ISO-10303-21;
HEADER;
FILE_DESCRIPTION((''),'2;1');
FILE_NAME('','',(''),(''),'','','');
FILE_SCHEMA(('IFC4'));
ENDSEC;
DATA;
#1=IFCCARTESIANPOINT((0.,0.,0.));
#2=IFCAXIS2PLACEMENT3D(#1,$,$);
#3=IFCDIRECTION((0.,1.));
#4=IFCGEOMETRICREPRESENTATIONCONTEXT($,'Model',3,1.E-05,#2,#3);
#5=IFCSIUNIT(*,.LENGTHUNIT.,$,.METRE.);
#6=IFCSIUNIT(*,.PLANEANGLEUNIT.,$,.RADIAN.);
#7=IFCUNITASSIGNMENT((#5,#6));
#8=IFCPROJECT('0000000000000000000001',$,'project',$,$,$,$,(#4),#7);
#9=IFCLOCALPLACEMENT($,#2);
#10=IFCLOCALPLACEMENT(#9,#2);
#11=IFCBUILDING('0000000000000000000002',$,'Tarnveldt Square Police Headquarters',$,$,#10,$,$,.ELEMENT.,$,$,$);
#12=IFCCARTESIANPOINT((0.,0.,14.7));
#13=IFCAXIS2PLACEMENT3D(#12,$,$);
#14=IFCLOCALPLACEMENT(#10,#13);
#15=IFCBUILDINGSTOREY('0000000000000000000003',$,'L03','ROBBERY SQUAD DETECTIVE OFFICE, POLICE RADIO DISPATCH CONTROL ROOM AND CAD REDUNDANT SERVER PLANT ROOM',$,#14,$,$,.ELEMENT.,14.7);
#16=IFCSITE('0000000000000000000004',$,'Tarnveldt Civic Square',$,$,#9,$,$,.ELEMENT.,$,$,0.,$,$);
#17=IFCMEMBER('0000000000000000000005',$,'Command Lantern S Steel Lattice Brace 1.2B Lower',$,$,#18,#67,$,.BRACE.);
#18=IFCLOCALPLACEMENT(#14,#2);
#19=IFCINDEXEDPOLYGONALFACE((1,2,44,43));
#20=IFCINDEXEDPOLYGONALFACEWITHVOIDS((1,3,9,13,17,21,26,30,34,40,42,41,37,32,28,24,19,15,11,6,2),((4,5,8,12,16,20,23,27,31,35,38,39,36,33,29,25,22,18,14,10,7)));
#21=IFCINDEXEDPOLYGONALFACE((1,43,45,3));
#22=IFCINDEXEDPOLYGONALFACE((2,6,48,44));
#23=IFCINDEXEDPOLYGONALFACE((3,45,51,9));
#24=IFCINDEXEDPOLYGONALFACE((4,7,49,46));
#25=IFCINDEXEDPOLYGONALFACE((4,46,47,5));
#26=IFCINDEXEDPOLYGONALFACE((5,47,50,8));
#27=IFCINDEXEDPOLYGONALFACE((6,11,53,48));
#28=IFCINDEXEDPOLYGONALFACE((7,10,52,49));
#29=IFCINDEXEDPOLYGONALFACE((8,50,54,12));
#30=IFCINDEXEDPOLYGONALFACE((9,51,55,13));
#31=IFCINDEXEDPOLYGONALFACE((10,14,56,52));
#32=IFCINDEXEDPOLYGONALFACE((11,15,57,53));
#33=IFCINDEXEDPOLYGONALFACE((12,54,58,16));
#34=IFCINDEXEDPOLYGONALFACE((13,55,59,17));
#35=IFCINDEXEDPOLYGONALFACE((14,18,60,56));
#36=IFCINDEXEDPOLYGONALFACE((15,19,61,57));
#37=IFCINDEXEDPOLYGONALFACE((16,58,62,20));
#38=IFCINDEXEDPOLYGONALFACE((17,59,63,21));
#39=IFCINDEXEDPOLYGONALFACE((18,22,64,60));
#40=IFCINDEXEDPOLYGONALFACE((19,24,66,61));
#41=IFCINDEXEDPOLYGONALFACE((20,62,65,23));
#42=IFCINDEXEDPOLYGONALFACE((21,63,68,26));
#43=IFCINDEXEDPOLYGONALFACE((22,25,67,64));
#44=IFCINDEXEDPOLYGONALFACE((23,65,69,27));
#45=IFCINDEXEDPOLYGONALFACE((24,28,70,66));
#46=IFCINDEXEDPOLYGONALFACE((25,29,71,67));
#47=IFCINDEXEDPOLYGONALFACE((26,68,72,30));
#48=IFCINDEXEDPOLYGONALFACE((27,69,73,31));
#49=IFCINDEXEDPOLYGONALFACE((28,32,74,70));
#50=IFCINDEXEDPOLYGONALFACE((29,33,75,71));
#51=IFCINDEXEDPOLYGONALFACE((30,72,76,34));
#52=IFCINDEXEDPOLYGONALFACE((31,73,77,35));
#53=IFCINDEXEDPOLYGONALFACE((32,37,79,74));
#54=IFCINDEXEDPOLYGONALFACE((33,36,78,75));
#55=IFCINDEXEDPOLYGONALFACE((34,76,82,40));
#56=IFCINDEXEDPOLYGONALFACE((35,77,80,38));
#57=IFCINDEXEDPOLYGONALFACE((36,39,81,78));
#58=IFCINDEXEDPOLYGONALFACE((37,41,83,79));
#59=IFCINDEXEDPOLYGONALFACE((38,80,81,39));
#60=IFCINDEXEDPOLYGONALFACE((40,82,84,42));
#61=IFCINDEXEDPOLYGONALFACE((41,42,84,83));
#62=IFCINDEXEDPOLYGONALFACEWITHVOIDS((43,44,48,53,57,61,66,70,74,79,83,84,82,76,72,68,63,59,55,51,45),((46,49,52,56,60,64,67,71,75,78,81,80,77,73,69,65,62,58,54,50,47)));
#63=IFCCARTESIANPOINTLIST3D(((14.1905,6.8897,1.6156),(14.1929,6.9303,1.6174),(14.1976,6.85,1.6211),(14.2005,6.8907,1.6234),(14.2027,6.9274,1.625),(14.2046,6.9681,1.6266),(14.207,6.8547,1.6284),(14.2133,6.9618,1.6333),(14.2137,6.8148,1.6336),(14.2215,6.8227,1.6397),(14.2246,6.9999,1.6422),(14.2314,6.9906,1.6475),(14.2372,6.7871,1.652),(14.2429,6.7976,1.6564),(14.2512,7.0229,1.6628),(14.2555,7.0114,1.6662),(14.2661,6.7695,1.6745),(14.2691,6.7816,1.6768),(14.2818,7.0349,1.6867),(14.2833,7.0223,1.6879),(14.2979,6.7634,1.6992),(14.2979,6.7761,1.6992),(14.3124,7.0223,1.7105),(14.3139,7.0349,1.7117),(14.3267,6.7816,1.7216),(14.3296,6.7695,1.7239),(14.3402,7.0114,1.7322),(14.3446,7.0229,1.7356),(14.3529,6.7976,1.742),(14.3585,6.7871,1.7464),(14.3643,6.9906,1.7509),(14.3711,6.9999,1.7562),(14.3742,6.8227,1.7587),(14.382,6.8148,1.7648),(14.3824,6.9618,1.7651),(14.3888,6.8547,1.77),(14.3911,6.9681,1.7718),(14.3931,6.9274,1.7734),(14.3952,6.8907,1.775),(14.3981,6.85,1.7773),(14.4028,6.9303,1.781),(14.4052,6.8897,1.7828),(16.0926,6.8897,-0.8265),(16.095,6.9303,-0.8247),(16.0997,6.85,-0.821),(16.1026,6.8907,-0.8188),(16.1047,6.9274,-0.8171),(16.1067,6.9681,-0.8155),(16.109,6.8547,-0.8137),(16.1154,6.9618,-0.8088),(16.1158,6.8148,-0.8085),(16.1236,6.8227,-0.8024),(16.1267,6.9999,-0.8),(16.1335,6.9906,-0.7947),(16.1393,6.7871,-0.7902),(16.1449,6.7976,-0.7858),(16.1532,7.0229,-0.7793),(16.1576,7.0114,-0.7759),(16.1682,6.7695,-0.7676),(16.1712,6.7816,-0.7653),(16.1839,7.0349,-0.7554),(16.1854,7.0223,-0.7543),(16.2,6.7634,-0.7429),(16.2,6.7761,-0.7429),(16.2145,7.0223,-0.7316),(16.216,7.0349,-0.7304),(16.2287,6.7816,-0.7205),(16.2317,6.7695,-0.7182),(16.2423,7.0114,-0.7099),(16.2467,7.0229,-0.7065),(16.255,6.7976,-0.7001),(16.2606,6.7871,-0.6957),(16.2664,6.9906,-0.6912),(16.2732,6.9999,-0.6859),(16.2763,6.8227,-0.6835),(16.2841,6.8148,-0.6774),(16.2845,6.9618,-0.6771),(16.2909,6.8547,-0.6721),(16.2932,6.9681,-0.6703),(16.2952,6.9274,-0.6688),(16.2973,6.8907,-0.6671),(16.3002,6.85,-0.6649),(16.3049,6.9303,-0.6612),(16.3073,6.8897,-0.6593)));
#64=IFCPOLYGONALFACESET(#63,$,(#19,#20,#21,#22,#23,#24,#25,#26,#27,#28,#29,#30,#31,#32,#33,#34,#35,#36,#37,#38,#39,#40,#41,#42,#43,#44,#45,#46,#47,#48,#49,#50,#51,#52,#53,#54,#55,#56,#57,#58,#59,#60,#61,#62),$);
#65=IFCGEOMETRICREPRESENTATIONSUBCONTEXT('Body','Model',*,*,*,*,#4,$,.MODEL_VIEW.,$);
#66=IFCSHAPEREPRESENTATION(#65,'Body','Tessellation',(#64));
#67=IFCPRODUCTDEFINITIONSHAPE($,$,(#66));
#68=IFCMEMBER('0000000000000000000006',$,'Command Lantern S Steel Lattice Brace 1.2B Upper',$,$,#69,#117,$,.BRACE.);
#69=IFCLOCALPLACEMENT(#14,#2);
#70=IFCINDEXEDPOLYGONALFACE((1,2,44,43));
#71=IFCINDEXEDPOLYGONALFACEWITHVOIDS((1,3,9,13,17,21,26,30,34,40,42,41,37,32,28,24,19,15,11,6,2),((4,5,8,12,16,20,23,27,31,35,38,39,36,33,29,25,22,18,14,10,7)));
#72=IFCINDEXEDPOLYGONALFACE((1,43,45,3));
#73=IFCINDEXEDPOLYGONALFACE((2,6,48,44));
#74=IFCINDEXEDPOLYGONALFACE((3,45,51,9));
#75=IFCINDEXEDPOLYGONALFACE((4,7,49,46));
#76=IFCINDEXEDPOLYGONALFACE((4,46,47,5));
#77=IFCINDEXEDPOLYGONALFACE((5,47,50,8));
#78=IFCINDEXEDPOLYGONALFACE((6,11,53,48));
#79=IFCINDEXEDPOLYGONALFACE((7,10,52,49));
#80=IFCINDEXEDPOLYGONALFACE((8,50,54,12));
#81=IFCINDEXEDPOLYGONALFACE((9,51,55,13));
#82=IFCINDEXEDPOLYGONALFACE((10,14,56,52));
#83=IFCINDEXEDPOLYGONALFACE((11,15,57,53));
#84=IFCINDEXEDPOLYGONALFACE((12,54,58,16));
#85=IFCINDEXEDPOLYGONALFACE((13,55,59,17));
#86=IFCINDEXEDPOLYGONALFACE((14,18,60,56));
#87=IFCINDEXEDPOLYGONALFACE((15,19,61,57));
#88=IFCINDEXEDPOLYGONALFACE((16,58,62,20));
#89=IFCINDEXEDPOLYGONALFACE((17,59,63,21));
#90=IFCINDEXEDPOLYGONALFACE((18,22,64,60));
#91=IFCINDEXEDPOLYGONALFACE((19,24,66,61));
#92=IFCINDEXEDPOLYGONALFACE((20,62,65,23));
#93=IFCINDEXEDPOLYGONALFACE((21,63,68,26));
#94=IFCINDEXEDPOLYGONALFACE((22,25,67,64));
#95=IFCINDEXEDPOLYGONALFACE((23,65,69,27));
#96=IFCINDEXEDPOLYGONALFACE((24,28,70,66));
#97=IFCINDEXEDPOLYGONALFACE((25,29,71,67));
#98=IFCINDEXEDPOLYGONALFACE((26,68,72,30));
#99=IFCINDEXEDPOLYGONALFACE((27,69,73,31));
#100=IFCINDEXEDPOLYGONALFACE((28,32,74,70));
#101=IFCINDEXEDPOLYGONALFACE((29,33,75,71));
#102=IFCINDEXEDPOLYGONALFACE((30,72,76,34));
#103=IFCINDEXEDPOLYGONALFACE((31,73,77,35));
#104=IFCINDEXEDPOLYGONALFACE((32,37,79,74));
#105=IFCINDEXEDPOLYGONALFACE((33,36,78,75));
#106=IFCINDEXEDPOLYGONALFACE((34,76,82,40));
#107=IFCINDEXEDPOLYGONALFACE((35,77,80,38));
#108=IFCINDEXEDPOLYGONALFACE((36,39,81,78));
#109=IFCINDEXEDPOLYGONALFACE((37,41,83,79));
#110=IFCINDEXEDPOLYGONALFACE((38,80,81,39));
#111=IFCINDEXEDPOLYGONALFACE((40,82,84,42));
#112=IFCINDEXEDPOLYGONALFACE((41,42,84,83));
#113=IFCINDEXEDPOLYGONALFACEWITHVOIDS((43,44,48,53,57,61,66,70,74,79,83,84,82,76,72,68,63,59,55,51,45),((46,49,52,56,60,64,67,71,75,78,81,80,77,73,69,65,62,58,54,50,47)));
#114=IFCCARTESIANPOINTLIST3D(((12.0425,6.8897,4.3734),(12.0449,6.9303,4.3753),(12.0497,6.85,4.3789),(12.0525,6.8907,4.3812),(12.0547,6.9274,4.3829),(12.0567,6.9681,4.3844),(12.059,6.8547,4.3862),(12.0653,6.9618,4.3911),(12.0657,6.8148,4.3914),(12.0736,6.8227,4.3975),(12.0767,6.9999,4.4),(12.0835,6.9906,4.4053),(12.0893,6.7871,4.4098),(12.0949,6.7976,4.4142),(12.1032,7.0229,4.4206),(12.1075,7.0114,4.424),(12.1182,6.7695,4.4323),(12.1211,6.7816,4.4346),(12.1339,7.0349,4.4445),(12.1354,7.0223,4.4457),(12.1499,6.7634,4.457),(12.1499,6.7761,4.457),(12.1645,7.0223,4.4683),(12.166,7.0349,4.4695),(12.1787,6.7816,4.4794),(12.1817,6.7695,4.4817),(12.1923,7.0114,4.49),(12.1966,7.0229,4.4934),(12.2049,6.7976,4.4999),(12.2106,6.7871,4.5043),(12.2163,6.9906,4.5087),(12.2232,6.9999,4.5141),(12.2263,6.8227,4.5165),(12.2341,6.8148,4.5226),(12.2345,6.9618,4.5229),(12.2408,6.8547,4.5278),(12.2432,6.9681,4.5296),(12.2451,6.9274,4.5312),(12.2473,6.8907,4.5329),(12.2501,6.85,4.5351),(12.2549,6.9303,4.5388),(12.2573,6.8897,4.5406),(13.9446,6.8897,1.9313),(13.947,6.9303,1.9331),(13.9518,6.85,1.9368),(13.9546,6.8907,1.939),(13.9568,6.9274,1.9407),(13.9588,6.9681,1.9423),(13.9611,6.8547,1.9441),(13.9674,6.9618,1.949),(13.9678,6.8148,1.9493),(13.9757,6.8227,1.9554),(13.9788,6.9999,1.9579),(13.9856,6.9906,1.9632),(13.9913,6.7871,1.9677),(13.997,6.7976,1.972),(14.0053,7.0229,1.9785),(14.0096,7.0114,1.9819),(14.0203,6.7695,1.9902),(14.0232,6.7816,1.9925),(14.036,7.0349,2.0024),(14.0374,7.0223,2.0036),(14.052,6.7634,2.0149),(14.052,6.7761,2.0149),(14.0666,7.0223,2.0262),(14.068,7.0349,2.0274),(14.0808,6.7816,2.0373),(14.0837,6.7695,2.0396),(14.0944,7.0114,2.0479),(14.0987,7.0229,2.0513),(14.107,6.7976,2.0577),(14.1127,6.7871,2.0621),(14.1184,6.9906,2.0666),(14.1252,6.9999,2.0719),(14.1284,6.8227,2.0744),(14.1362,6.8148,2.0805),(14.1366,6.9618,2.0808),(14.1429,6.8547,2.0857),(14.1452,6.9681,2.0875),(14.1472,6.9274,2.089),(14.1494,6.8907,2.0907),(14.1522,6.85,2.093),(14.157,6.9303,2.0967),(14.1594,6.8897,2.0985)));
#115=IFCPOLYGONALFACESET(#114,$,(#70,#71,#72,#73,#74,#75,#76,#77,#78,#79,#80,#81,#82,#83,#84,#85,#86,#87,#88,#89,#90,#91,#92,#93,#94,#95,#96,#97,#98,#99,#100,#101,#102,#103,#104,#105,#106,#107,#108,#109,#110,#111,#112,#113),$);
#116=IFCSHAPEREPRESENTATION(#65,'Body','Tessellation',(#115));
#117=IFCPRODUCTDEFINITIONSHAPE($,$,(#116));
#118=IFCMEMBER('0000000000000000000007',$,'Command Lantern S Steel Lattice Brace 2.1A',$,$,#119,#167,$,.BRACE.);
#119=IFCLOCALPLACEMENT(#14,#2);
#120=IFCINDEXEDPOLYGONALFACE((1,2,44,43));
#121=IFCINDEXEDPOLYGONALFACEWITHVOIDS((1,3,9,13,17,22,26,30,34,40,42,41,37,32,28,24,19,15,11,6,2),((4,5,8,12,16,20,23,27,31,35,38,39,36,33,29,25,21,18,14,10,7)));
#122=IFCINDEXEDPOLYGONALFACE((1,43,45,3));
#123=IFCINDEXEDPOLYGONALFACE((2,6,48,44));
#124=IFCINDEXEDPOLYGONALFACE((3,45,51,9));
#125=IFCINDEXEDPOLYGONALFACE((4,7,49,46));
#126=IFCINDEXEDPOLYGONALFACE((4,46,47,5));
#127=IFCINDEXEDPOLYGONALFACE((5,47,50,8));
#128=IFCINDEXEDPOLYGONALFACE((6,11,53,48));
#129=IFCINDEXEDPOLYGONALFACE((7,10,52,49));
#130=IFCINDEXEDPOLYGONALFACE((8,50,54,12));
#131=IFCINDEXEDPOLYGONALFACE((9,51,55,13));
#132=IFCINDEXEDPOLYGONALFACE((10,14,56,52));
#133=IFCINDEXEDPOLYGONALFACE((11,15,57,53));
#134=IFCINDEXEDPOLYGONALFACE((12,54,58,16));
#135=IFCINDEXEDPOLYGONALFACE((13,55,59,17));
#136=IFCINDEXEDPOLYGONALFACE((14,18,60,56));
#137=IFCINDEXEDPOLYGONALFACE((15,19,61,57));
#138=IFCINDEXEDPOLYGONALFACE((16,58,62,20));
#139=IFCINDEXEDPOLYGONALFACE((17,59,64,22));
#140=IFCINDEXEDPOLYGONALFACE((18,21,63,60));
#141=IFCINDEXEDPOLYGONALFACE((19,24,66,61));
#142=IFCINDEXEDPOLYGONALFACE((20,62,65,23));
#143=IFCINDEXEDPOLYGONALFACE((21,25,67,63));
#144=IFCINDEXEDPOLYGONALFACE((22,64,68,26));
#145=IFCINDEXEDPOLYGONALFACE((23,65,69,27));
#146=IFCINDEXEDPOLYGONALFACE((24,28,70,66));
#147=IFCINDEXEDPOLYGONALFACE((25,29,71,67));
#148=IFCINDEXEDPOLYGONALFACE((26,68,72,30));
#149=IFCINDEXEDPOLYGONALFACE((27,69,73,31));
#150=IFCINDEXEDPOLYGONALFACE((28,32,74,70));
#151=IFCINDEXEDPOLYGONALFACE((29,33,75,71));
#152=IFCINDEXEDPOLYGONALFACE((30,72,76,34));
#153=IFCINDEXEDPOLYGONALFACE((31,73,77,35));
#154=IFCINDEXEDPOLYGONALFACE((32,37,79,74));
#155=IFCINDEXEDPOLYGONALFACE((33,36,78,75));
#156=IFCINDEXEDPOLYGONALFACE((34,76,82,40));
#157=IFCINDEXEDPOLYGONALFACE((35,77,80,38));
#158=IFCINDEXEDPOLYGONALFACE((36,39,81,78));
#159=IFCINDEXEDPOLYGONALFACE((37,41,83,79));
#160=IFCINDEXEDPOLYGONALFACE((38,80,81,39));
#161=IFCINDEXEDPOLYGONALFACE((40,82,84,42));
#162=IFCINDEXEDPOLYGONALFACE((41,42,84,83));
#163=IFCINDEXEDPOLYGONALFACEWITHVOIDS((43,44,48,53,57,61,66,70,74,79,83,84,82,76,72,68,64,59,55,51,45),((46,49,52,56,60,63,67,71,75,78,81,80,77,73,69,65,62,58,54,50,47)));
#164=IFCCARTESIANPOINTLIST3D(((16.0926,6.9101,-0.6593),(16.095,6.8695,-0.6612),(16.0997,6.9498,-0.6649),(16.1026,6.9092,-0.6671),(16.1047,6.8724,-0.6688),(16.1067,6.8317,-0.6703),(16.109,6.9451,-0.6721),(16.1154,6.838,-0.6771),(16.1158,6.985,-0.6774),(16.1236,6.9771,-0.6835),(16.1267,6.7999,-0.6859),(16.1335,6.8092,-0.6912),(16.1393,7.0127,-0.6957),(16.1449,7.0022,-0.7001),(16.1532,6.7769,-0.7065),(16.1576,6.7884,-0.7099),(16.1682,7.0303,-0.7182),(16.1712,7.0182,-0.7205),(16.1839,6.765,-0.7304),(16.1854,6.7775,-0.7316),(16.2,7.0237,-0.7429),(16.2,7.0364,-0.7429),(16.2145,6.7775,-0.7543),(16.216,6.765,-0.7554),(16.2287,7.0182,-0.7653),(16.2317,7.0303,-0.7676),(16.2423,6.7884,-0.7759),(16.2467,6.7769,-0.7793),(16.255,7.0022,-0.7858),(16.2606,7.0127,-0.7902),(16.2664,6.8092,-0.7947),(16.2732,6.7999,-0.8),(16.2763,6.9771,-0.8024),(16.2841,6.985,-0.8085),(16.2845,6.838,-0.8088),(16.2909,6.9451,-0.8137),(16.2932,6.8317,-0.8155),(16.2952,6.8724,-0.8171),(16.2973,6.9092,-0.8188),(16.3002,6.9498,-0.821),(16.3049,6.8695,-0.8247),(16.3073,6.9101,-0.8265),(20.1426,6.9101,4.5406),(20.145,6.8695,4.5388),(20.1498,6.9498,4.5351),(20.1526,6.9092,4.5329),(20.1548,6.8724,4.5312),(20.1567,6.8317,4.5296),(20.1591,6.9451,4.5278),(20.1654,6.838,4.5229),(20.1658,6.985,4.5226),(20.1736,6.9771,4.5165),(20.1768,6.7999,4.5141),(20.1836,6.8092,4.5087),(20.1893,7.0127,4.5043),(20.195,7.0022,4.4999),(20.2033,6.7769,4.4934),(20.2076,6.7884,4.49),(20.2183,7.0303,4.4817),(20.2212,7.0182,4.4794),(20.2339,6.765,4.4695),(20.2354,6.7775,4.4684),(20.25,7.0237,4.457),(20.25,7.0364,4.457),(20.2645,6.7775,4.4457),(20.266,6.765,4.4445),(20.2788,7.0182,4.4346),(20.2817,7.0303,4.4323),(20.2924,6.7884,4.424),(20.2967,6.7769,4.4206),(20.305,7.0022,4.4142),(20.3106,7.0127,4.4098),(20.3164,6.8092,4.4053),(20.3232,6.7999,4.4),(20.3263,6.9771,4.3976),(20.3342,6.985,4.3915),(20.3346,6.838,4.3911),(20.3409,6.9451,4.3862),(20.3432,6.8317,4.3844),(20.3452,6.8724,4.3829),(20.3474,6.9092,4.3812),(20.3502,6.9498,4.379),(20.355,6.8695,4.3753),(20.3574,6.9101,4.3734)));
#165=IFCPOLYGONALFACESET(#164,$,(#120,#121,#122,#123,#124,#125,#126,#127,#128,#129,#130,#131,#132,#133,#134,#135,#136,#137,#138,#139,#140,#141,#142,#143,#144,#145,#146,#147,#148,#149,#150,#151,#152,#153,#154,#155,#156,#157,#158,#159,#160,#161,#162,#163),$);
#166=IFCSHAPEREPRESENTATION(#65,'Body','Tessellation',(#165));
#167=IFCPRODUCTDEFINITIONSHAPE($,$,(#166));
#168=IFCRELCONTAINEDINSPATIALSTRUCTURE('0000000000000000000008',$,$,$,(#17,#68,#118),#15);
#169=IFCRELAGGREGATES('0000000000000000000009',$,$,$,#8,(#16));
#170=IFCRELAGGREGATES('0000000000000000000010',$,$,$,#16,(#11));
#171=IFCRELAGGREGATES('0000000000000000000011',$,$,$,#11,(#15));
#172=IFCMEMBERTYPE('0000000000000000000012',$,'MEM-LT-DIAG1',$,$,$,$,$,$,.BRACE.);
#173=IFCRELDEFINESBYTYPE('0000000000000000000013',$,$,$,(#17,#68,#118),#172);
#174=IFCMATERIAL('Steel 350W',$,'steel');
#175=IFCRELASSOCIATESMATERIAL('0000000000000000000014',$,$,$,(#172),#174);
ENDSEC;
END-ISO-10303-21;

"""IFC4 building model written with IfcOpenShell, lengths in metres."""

from ifc_helpers import new_model, si_unit, direction, frame, origin, origin_2d, place, context, subcontext, project, spatial, hollow_circle, extrude, material, material_profile, profile_set, type_object, element, save


model = new_model("IFC4")

# Units and contexts
model_context = context("Model", 3, precision=1e-05, world=origin(), true_north=direction((0.0, 1.0)))
body_context = subcontext(model_context, "Body", "Model", "MODEL_VIEW")
ifc_project = project(units=[si_unit("LENGTHUNIT", "METRE"), si_unit("PLANEANGLEUNIT", "RADIAN")], contexts=[model_context])

# Site, building, storey
site_placement = place(None, origin())
site = spatial("IfcSite", under=ifc_project, at=site_placement, Name="Tarnveldt Civic Square", CompositionType="ELEMENT", RefElevation=0.0)
building_placement = place(site_placement, origin())
building = spatial("IfcBuilding", under=site, at=building_placement, Name="Tarnveldt Square Police Headquarters", CompositionType="ELEMENT")
storey_placement = place(building_placement, frame((0.0, 0.0, 14.7)))
storey = spatial("IfcBuildingStorey", under=building, at=storey_placement, Name="L03", Description="ROBBERY SQUAD DETECTIVE OFFICE, POLICE RADIO DISPATCH CONTROL ROOM AND CAD REDUNDANT SERVER PLANT ROOM", CompositionType="ELEMENT", Elevation=14.7)

# Members
ifc_material_1 = material(Name="Steel 350W", Category="steel")
ifc_material_profile_1 = material_profile(ifc_material_1, hollow_circle(Radius=0.1365, WallThickness=0.0127, at=origin_2d()), Name="HSS273x13")
ifc_profile_set_1 = profile_set([ifc_material_profile_1], Name="Steel 350W")
member_type_1 = type_object("IfcMemberType", Name="MEM-LT-DIAG1", PredefinedType="BRACE", material=ifc_profile_set_1)
for number, where, z_axis, x_axis, name in (
    (1, (16.2, 6.8999, -0.7429), (-0.614476, 0.0, 0.788936), (0.0, -1.0, 0.0), "Command Lantern S Steel Lattice Brace 1.2B Lower"),
    (2, (14.052, 6.8999, 2.0149), (-0.614476, 0.0, 0.788936), (0.0, -1.0, 0.0), "Command Lantern S Steel Lattice Brace 1.2B Upper"),
):
    element("IfcMember", number, at=place(storey_placement, frame(where, z_axis=z_axis, x_axis=x_axis)), inside=storey, type_object=member_type_1, Name=name, PredefinedType="BRACE", context=body_context, shape_type="SweptSolid", body=[
        extrude(hollow_circle(Radius=0.1365, WallThickness=0.0127, at=origin_2d()), origin(), (0.0, 0.0, 1.0), 3.0955),
    ])
member_1_placement = place(storey_placement, frame((16.2, 6.8999, -0.7429), z_axis=(0.614474, 0.0, 0.788937), x_axis=(0.0, 1.0, 0.0)))
element("IfcMember", 3, at=member_1_placement, inside=storey, type_object=member_type_1, Name="Command Lantern S Steel Lattice Brace 2.1A", PredefinedType="BRACE", context=body_context, shape_type="SweptSolid", body=[
    extrude(hollow_circle(Radius=0.1365, WallThickness=0.0127, at=origin_2d()), origin(), (0.0, 0.0, 1.0), 6.5911),
])

save(model, "model.ifc")
